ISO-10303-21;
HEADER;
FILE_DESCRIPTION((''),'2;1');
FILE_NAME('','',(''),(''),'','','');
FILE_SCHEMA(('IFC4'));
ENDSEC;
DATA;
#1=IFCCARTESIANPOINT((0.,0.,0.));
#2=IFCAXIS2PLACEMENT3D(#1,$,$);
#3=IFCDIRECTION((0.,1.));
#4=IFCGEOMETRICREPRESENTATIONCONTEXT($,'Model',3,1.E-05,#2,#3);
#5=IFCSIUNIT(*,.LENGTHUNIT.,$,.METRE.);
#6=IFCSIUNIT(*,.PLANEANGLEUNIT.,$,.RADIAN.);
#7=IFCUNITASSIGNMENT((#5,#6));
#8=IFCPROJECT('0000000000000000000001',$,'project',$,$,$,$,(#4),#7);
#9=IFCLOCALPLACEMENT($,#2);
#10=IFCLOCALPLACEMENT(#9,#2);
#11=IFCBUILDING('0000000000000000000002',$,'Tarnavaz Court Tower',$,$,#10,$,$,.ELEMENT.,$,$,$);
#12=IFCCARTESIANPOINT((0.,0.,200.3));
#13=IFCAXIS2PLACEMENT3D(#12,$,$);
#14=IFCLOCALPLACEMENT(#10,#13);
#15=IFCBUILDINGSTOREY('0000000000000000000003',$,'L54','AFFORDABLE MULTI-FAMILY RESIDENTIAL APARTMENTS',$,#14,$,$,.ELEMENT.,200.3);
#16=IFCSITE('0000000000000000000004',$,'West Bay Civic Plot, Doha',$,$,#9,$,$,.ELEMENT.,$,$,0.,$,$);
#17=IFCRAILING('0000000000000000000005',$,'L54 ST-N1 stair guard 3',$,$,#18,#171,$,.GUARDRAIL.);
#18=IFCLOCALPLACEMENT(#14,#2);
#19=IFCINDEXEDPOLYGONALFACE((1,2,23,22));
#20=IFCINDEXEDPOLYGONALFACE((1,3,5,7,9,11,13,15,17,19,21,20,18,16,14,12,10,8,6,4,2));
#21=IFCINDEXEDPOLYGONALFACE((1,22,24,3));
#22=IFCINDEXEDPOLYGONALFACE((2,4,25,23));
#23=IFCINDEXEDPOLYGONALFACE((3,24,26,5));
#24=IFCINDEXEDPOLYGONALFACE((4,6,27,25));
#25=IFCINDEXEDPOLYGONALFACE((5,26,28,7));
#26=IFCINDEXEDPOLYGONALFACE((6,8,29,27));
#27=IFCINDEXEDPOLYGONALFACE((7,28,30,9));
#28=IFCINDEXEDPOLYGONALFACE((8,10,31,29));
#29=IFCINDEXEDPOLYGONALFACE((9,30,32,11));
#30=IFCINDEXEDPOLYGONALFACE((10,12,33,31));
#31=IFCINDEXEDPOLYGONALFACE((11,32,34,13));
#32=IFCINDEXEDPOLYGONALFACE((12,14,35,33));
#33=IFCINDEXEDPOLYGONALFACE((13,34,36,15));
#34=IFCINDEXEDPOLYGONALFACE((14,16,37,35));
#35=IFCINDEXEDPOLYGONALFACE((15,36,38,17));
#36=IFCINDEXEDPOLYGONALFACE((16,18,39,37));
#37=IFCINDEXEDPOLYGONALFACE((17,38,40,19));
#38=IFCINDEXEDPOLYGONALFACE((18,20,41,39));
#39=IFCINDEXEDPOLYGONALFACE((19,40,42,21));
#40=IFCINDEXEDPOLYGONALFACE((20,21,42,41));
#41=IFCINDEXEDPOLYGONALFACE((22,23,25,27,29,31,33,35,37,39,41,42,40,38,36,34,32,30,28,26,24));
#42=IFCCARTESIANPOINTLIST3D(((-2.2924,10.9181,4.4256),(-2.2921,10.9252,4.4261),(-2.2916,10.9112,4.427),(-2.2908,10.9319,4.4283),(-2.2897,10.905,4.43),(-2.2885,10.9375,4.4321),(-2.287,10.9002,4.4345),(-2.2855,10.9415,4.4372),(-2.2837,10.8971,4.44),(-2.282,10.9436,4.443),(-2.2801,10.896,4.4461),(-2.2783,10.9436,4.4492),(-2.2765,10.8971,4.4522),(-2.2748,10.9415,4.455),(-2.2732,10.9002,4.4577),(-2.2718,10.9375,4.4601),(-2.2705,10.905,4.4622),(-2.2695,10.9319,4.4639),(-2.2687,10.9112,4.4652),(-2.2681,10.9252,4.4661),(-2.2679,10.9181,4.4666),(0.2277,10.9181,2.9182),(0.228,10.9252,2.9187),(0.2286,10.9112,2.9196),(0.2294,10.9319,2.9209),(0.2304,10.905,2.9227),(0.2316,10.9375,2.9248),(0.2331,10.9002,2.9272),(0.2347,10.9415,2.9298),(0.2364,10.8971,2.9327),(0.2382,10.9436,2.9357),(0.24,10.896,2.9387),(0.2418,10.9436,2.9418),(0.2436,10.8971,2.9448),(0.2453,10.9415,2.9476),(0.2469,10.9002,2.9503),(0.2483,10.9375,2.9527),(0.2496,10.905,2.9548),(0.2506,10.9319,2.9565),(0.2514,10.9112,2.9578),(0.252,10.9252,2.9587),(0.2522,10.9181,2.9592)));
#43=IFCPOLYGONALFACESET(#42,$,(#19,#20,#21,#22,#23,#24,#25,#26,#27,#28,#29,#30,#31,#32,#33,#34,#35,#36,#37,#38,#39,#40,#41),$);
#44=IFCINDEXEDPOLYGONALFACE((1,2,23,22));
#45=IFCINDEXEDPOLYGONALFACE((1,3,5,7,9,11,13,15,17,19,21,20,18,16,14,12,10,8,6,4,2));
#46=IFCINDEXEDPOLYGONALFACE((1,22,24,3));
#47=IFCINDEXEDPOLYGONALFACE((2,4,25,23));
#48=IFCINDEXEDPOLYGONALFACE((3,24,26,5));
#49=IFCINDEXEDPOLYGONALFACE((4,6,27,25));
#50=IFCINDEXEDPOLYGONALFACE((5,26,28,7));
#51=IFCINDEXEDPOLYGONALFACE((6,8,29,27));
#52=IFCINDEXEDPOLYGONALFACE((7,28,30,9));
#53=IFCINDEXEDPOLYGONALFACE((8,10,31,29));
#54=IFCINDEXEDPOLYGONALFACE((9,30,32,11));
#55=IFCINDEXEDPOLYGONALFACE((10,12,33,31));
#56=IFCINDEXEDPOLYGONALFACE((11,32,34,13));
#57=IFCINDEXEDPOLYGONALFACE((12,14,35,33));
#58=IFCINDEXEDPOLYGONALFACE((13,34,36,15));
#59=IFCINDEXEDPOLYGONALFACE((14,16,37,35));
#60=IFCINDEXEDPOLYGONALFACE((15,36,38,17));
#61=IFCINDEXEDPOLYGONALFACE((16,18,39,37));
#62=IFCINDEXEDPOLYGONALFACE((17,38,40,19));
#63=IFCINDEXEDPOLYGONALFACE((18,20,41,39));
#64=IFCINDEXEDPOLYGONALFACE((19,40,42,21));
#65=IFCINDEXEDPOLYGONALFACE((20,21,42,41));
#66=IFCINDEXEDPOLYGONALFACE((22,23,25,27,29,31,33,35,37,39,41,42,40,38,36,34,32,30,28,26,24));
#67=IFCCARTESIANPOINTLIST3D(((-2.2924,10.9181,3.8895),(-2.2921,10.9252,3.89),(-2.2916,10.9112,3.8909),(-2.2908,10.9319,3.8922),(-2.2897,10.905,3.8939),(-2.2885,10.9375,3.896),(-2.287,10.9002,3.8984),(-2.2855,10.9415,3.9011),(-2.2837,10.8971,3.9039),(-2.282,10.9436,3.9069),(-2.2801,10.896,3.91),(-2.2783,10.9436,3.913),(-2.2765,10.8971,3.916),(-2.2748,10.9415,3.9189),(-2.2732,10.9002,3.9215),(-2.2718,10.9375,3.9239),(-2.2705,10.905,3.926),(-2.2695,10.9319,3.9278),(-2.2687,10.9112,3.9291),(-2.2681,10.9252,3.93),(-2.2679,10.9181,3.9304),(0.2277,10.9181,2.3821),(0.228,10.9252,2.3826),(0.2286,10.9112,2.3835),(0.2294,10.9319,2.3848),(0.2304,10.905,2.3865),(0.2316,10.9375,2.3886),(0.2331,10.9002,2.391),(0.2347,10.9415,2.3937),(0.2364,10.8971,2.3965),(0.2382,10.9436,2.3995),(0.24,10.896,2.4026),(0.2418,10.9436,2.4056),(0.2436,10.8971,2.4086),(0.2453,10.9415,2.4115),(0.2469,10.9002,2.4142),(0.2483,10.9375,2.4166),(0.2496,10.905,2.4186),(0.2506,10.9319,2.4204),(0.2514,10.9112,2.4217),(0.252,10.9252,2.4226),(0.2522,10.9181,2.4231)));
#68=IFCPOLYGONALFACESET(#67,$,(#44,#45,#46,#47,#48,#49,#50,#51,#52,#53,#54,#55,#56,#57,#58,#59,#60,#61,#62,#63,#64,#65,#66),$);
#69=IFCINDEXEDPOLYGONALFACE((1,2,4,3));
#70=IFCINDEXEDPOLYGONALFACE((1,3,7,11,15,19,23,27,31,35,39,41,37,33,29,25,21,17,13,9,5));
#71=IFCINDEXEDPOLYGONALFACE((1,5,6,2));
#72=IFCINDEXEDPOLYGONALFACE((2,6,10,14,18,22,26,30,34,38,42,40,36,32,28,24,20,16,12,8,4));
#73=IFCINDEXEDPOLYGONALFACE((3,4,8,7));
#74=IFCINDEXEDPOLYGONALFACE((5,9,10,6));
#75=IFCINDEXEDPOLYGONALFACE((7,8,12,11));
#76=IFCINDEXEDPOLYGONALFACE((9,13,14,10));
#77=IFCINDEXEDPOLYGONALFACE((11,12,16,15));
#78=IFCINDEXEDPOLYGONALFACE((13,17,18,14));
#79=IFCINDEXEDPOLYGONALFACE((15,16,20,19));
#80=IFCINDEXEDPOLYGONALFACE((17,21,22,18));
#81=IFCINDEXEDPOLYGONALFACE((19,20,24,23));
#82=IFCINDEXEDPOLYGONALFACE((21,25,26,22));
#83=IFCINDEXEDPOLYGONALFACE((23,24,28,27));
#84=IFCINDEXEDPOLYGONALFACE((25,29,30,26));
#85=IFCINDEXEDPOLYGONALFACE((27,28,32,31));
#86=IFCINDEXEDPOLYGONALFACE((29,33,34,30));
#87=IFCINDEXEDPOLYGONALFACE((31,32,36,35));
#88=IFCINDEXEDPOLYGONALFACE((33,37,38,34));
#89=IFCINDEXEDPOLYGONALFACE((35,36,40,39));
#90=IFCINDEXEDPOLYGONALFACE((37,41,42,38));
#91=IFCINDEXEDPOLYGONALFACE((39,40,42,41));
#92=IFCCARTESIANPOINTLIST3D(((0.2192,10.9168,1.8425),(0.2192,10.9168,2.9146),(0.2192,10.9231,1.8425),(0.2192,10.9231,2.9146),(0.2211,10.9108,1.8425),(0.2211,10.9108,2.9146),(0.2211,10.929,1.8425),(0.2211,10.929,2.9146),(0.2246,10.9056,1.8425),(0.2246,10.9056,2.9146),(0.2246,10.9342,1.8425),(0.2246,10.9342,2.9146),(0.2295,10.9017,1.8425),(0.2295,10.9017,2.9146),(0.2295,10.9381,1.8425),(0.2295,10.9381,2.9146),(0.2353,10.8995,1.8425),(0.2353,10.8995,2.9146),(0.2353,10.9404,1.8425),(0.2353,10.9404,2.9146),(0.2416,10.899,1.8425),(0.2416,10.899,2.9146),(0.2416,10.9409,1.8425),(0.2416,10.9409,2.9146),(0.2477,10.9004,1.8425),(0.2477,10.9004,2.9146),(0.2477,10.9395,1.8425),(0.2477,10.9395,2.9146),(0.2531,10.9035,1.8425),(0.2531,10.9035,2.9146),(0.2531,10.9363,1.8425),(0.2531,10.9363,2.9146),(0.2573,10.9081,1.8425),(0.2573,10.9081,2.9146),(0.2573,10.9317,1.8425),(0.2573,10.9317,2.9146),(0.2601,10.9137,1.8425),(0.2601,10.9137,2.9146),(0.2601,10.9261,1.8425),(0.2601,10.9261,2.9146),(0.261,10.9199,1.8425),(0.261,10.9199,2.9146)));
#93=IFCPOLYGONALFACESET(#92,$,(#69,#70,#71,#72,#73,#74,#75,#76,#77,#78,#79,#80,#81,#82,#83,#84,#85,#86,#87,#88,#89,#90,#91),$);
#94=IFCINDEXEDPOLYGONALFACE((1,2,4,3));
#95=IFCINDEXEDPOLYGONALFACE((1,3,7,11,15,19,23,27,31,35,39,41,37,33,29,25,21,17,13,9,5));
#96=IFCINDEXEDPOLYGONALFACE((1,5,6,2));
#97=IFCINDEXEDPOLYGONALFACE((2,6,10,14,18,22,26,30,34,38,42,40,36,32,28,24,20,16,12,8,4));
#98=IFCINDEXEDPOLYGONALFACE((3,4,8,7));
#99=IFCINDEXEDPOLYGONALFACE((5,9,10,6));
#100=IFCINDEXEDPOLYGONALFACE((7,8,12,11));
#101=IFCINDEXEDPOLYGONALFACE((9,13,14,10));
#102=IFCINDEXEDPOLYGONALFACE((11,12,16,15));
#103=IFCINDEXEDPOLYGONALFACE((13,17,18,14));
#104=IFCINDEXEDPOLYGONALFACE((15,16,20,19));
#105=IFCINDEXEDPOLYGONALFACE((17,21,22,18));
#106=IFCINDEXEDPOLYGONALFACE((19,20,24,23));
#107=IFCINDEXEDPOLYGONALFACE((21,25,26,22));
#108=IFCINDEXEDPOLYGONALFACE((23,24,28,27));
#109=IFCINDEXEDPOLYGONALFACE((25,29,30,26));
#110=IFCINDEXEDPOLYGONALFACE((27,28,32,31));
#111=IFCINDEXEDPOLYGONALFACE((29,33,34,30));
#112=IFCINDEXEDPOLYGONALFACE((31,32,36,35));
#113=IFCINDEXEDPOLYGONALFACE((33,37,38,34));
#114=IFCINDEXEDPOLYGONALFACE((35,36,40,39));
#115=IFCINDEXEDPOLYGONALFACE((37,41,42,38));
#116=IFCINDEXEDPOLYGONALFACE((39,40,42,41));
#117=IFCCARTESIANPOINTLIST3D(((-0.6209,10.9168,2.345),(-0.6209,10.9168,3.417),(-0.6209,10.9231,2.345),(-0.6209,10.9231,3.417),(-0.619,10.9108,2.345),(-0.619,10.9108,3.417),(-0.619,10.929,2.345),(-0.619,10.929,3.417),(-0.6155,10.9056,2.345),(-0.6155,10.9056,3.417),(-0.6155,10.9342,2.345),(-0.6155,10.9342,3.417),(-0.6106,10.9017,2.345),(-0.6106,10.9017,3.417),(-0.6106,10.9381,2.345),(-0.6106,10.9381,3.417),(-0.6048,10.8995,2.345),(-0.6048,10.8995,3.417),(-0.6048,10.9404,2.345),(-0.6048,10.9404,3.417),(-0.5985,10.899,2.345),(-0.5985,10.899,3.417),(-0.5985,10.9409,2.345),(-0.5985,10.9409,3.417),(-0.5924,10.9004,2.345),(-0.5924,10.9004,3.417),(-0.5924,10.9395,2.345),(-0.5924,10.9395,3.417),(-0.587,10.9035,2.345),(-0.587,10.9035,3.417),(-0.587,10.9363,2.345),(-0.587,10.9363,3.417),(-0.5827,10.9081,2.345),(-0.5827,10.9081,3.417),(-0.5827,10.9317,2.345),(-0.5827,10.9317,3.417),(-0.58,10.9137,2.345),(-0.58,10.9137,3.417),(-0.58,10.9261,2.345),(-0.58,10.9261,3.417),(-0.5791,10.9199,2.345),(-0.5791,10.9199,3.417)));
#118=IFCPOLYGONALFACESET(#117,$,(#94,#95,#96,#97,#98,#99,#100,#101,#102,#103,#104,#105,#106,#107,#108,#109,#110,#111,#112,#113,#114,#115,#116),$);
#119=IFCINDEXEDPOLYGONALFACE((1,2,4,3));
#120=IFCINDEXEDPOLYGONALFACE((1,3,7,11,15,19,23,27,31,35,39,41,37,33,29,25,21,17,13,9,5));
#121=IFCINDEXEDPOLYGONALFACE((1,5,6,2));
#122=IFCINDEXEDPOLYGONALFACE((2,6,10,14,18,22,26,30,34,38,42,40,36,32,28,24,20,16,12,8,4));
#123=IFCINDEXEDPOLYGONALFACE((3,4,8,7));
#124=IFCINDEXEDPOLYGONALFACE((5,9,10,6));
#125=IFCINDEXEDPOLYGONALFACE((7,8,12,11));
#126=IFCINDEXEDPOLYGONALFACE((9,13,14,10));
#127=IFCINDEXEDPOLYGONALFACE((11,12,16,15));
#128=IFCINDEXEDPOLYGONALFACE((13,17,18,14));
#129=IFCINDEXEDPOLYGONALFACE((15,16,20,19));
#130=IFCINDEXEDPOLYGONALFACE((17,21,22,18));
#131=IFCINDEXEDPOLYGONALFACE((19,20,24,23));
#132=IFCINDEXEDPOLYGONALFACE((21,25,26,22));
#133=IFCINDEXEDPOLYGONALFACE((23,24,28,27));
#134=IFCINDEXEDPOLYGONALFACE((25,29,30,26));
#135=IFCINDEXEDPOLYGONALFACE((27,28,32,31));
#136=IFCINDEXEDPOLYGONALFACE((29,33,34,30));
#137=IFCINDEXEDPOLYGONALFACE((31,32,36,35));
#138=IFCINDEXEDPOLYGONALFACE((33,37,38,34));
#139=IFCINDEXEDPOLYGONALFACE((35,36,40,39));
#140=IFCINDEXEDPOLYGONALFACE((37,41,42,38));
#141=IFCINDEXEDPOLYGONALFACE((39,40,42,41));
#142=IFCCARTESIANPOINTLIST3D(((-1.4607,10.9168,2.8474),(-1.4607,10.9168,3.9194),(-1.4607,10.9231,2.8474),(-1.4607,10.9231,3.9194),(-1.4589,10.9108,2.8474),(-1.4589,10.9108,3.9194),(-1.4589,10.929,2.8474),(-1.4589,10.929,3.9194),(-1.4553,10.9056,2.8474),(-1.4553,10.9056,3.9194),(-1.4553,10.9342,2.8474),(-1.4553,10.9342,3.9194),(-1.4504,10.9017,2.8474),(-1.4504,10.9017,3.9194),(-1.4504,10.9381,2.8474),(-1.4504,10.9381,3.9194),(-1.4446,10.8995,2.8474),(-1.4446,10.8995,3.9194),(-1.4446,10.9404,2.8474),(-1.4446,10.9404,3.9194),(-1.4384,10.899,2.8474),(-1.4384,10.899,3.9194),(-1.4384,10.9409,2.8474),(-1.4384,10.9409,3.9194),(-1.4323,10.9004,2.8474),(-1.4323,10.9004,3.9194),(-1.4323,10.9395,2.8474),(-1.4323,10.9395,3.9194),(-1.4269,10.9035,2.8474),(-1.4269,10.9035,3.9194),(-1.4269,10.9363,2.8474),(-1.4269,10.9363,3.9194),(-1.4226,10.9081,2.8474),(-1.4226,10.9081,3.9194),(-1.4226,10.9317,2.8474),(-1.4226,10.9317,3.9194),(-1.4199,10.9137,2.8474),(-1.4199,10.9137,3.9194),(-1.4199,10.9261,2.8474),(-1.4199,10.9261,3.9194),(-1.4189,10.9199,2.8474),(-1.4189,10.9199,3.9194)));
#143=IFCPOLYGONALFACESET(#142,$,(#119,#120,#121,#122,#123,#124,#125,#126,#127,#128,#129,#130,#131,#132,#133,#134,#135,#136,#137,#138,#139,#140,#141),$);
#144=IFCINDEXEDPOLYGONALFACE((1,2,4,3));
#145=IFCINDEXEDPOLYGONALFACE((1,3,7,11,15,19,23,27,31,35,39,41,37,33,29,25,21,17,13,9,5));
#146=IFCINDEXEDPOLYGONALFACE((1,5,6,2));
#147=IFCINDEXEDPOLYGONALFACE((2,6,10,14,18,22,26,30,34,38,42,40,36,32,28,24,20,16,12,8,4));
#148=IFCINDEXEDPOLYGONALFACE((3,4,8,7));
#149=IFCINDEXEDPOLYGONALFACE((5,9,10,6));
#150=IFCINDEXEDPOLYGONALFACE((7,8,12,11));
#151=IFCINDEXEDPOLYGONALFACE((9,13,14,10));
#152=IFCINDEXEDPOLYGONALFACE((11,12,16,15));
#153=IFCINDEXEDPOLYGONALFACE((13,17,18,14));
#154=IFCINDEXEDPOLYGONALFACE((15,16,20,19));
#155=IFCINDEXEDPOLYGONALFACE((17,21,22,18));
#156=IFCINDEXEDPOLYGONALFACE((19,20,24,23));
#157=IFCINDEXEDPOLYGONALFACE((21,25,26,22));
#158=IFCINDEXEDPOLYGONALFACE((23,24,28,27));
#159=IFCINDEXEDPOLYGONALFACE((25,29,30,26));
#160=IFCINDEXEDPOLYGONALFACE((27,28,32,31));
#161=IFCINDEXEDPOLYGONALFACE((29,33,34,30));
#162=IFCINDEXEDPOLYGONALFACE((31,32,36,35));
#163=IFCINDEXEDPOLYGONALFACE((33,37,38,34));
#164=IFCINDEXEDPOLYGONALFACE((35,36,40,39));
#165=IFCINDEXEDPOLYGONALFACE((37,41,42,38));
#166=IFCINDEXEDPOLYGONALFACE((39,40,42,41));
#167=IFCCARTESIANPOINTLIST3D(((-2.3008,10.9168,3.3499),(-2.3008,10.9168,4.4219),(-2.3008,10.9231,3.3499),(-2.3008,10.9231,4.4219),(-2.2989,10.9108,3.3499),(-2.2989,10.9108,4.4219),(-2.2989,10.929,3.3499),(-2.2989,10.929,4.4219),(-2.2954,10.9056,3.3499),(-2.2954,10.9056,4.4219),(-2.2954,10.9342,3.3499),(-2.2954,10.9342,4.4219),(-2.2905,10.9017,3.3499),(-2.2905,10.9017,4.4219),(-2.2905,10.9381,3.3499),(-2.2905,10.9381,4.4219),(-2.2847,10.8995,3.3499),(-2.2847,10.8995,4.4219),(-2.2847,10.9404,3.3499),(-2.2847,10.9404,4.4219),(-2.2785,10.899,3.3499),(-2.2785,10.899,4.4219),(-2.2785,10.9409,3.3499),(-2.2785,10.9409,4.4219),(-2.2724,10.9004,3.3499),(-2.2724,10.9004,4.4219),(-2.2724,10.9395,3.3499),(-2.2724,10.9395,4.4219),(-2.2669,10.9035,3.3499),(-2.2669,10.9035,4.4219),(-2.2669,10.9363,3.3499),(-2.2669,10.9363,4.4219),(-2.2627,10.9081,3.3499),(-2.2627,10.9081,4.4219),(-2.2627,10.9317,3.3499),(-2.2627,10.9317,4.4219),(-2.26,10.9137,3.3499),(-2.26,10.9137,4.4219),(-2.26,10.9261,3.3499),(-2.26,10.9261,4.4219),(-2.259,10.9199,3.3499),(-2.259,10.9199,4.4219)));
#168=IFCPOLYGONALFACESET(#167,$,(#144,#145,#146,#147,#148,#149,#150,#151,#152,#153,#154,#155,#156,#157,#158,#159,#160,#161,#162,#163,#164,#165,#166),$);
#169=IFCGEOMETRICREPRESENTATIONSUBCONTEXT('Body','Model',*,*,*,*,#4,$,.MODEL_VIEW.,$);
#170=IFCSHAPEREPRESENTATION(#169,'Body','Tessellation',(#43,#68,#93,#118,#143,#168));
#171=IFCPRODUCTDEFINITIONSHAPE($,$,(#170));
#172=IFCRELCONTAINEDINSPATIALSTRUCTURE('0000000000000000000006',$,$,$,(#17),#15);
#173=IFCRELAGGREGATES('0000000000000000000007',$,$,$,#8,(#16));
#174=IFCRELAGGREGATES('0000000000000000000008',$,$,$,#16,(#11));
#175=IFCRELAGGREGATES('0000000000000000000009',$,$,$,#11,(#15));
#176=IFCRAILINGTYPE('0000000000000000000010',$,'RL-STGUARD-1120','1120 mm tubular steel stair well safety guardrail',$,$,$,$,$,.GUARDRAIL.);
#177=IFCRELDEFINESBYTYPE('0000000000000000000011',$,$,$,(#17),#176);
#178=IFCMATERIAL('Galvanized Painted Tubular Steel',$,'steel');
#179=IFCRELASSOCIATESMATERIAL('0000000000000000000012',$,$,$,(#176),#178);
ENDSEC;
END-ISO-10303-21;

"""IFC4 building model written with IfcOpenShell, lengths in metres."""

from ifc_helpers import new_model, si_unit, direction, frame, origin, origin_2d, place, context, subcontext, project, spatial, circle, extrude, material, type_object, element, save


model = new_model("IFC4")

# Units and contexts
model_context = context("Model", 3, precision=1e-05, world=origin(), true_north=direction((0.0, 1.0)))
body_context = subcontext(model_context, "Body", "Model", "MODEL_VIEW")
ifc_project = project(units=[si_unit("LENGTHUNIT", "METRE"), si_unit("PLANEANGLEUNIT", "RADIAN")], contexts=[model_context])

# Site, building, storey
site_placement = place(None, origin())
site = spatial("IfcSite", under=ifc_project, at=site_placement, Name="West Bay Civic Plot, Doha", CompositionType="ELEMENT", RefElevation=0.0)
building_placement = place(site_placement, origin())
building = spatial("IfcBuilding", under=site, at=building_placement, Name="Tarnavaz Court Tower", CompositionType="ELEMENT")
storey_placement = place(building_placement, frame((0.0, 0.0, 200.3)))
storey = spatial("IfcBuildingStorey", under=building, at=storey_placement, Name="L54", Description="AFFORDABLE MULTI-FAMILY RESIDENTIAL APARTMENTS", CompositionType="ELEMENT", Elevation=200.3)

# Railing
ifc_material_1 = material(Name="Galvanized Painted Tubular Steel", Category="steel")
railing_type_1 = type_object("IfcRailingType", Name="RL-STGUARD-1120", Description="1120 mm tubular steel stair well safety guardrail", PredefinedType="GUARDRAIL", material=ifc_material_1)
railing_1_placement = place(storey_placement, frame((0.24, 10.9199, 1.8425)))
element("IfcRailing", 1, at=railing_1_placement, inside=storey, type_object=railing_type_1, Name="L54 ST-N1 stair guard 3", PredefinedType="GUARDRAIL", context=body_context, shape_type="SweptSolid", body=[
    extrude(circle(Radius=0.0239, at=origin_2d()), frame((0.0, 0.0, 1.0962), z_axis=(-0.858196, 0.0, 0.513321), x_axis=(0.0, -1.0, 0.0)), (0.0, 0.0, 1.0), 2.9365),
    extrude(circle(Radius=0.0239, at=origin_2d()), frame((0.0, 0.0, 0.5601), z_axis=(-0.858196, 0.0, 0.513321), x_axis=(0.0, -1.0, 0.0)), (0.0, 0.0, 1.0), 2.9365),
    extrude(circle(Radius=0.021, at=origin_2d()), origin(), (0.0, 0.0, 1.0), 1.072),
    extrude(circle(Radius=0.021, at=origin_2d()), frame((-0.8401, 0.0, 0.5024)), (0.0, 0.0, 1.0), 1.072),
    extrude(circle(Radius=0.021, at=origin_2d()), frame((-1.6799, 0.0, 1.0049)), (0.0, 0.0, 1.0), 1.072),
    extrude(circle(Radius=0.021, at=origin_2d()), frame((-2.52, 0.0, 1.5073)), (0.0, 0.0, 1.0), 1.072),
])

save(model, "model.ifc")
